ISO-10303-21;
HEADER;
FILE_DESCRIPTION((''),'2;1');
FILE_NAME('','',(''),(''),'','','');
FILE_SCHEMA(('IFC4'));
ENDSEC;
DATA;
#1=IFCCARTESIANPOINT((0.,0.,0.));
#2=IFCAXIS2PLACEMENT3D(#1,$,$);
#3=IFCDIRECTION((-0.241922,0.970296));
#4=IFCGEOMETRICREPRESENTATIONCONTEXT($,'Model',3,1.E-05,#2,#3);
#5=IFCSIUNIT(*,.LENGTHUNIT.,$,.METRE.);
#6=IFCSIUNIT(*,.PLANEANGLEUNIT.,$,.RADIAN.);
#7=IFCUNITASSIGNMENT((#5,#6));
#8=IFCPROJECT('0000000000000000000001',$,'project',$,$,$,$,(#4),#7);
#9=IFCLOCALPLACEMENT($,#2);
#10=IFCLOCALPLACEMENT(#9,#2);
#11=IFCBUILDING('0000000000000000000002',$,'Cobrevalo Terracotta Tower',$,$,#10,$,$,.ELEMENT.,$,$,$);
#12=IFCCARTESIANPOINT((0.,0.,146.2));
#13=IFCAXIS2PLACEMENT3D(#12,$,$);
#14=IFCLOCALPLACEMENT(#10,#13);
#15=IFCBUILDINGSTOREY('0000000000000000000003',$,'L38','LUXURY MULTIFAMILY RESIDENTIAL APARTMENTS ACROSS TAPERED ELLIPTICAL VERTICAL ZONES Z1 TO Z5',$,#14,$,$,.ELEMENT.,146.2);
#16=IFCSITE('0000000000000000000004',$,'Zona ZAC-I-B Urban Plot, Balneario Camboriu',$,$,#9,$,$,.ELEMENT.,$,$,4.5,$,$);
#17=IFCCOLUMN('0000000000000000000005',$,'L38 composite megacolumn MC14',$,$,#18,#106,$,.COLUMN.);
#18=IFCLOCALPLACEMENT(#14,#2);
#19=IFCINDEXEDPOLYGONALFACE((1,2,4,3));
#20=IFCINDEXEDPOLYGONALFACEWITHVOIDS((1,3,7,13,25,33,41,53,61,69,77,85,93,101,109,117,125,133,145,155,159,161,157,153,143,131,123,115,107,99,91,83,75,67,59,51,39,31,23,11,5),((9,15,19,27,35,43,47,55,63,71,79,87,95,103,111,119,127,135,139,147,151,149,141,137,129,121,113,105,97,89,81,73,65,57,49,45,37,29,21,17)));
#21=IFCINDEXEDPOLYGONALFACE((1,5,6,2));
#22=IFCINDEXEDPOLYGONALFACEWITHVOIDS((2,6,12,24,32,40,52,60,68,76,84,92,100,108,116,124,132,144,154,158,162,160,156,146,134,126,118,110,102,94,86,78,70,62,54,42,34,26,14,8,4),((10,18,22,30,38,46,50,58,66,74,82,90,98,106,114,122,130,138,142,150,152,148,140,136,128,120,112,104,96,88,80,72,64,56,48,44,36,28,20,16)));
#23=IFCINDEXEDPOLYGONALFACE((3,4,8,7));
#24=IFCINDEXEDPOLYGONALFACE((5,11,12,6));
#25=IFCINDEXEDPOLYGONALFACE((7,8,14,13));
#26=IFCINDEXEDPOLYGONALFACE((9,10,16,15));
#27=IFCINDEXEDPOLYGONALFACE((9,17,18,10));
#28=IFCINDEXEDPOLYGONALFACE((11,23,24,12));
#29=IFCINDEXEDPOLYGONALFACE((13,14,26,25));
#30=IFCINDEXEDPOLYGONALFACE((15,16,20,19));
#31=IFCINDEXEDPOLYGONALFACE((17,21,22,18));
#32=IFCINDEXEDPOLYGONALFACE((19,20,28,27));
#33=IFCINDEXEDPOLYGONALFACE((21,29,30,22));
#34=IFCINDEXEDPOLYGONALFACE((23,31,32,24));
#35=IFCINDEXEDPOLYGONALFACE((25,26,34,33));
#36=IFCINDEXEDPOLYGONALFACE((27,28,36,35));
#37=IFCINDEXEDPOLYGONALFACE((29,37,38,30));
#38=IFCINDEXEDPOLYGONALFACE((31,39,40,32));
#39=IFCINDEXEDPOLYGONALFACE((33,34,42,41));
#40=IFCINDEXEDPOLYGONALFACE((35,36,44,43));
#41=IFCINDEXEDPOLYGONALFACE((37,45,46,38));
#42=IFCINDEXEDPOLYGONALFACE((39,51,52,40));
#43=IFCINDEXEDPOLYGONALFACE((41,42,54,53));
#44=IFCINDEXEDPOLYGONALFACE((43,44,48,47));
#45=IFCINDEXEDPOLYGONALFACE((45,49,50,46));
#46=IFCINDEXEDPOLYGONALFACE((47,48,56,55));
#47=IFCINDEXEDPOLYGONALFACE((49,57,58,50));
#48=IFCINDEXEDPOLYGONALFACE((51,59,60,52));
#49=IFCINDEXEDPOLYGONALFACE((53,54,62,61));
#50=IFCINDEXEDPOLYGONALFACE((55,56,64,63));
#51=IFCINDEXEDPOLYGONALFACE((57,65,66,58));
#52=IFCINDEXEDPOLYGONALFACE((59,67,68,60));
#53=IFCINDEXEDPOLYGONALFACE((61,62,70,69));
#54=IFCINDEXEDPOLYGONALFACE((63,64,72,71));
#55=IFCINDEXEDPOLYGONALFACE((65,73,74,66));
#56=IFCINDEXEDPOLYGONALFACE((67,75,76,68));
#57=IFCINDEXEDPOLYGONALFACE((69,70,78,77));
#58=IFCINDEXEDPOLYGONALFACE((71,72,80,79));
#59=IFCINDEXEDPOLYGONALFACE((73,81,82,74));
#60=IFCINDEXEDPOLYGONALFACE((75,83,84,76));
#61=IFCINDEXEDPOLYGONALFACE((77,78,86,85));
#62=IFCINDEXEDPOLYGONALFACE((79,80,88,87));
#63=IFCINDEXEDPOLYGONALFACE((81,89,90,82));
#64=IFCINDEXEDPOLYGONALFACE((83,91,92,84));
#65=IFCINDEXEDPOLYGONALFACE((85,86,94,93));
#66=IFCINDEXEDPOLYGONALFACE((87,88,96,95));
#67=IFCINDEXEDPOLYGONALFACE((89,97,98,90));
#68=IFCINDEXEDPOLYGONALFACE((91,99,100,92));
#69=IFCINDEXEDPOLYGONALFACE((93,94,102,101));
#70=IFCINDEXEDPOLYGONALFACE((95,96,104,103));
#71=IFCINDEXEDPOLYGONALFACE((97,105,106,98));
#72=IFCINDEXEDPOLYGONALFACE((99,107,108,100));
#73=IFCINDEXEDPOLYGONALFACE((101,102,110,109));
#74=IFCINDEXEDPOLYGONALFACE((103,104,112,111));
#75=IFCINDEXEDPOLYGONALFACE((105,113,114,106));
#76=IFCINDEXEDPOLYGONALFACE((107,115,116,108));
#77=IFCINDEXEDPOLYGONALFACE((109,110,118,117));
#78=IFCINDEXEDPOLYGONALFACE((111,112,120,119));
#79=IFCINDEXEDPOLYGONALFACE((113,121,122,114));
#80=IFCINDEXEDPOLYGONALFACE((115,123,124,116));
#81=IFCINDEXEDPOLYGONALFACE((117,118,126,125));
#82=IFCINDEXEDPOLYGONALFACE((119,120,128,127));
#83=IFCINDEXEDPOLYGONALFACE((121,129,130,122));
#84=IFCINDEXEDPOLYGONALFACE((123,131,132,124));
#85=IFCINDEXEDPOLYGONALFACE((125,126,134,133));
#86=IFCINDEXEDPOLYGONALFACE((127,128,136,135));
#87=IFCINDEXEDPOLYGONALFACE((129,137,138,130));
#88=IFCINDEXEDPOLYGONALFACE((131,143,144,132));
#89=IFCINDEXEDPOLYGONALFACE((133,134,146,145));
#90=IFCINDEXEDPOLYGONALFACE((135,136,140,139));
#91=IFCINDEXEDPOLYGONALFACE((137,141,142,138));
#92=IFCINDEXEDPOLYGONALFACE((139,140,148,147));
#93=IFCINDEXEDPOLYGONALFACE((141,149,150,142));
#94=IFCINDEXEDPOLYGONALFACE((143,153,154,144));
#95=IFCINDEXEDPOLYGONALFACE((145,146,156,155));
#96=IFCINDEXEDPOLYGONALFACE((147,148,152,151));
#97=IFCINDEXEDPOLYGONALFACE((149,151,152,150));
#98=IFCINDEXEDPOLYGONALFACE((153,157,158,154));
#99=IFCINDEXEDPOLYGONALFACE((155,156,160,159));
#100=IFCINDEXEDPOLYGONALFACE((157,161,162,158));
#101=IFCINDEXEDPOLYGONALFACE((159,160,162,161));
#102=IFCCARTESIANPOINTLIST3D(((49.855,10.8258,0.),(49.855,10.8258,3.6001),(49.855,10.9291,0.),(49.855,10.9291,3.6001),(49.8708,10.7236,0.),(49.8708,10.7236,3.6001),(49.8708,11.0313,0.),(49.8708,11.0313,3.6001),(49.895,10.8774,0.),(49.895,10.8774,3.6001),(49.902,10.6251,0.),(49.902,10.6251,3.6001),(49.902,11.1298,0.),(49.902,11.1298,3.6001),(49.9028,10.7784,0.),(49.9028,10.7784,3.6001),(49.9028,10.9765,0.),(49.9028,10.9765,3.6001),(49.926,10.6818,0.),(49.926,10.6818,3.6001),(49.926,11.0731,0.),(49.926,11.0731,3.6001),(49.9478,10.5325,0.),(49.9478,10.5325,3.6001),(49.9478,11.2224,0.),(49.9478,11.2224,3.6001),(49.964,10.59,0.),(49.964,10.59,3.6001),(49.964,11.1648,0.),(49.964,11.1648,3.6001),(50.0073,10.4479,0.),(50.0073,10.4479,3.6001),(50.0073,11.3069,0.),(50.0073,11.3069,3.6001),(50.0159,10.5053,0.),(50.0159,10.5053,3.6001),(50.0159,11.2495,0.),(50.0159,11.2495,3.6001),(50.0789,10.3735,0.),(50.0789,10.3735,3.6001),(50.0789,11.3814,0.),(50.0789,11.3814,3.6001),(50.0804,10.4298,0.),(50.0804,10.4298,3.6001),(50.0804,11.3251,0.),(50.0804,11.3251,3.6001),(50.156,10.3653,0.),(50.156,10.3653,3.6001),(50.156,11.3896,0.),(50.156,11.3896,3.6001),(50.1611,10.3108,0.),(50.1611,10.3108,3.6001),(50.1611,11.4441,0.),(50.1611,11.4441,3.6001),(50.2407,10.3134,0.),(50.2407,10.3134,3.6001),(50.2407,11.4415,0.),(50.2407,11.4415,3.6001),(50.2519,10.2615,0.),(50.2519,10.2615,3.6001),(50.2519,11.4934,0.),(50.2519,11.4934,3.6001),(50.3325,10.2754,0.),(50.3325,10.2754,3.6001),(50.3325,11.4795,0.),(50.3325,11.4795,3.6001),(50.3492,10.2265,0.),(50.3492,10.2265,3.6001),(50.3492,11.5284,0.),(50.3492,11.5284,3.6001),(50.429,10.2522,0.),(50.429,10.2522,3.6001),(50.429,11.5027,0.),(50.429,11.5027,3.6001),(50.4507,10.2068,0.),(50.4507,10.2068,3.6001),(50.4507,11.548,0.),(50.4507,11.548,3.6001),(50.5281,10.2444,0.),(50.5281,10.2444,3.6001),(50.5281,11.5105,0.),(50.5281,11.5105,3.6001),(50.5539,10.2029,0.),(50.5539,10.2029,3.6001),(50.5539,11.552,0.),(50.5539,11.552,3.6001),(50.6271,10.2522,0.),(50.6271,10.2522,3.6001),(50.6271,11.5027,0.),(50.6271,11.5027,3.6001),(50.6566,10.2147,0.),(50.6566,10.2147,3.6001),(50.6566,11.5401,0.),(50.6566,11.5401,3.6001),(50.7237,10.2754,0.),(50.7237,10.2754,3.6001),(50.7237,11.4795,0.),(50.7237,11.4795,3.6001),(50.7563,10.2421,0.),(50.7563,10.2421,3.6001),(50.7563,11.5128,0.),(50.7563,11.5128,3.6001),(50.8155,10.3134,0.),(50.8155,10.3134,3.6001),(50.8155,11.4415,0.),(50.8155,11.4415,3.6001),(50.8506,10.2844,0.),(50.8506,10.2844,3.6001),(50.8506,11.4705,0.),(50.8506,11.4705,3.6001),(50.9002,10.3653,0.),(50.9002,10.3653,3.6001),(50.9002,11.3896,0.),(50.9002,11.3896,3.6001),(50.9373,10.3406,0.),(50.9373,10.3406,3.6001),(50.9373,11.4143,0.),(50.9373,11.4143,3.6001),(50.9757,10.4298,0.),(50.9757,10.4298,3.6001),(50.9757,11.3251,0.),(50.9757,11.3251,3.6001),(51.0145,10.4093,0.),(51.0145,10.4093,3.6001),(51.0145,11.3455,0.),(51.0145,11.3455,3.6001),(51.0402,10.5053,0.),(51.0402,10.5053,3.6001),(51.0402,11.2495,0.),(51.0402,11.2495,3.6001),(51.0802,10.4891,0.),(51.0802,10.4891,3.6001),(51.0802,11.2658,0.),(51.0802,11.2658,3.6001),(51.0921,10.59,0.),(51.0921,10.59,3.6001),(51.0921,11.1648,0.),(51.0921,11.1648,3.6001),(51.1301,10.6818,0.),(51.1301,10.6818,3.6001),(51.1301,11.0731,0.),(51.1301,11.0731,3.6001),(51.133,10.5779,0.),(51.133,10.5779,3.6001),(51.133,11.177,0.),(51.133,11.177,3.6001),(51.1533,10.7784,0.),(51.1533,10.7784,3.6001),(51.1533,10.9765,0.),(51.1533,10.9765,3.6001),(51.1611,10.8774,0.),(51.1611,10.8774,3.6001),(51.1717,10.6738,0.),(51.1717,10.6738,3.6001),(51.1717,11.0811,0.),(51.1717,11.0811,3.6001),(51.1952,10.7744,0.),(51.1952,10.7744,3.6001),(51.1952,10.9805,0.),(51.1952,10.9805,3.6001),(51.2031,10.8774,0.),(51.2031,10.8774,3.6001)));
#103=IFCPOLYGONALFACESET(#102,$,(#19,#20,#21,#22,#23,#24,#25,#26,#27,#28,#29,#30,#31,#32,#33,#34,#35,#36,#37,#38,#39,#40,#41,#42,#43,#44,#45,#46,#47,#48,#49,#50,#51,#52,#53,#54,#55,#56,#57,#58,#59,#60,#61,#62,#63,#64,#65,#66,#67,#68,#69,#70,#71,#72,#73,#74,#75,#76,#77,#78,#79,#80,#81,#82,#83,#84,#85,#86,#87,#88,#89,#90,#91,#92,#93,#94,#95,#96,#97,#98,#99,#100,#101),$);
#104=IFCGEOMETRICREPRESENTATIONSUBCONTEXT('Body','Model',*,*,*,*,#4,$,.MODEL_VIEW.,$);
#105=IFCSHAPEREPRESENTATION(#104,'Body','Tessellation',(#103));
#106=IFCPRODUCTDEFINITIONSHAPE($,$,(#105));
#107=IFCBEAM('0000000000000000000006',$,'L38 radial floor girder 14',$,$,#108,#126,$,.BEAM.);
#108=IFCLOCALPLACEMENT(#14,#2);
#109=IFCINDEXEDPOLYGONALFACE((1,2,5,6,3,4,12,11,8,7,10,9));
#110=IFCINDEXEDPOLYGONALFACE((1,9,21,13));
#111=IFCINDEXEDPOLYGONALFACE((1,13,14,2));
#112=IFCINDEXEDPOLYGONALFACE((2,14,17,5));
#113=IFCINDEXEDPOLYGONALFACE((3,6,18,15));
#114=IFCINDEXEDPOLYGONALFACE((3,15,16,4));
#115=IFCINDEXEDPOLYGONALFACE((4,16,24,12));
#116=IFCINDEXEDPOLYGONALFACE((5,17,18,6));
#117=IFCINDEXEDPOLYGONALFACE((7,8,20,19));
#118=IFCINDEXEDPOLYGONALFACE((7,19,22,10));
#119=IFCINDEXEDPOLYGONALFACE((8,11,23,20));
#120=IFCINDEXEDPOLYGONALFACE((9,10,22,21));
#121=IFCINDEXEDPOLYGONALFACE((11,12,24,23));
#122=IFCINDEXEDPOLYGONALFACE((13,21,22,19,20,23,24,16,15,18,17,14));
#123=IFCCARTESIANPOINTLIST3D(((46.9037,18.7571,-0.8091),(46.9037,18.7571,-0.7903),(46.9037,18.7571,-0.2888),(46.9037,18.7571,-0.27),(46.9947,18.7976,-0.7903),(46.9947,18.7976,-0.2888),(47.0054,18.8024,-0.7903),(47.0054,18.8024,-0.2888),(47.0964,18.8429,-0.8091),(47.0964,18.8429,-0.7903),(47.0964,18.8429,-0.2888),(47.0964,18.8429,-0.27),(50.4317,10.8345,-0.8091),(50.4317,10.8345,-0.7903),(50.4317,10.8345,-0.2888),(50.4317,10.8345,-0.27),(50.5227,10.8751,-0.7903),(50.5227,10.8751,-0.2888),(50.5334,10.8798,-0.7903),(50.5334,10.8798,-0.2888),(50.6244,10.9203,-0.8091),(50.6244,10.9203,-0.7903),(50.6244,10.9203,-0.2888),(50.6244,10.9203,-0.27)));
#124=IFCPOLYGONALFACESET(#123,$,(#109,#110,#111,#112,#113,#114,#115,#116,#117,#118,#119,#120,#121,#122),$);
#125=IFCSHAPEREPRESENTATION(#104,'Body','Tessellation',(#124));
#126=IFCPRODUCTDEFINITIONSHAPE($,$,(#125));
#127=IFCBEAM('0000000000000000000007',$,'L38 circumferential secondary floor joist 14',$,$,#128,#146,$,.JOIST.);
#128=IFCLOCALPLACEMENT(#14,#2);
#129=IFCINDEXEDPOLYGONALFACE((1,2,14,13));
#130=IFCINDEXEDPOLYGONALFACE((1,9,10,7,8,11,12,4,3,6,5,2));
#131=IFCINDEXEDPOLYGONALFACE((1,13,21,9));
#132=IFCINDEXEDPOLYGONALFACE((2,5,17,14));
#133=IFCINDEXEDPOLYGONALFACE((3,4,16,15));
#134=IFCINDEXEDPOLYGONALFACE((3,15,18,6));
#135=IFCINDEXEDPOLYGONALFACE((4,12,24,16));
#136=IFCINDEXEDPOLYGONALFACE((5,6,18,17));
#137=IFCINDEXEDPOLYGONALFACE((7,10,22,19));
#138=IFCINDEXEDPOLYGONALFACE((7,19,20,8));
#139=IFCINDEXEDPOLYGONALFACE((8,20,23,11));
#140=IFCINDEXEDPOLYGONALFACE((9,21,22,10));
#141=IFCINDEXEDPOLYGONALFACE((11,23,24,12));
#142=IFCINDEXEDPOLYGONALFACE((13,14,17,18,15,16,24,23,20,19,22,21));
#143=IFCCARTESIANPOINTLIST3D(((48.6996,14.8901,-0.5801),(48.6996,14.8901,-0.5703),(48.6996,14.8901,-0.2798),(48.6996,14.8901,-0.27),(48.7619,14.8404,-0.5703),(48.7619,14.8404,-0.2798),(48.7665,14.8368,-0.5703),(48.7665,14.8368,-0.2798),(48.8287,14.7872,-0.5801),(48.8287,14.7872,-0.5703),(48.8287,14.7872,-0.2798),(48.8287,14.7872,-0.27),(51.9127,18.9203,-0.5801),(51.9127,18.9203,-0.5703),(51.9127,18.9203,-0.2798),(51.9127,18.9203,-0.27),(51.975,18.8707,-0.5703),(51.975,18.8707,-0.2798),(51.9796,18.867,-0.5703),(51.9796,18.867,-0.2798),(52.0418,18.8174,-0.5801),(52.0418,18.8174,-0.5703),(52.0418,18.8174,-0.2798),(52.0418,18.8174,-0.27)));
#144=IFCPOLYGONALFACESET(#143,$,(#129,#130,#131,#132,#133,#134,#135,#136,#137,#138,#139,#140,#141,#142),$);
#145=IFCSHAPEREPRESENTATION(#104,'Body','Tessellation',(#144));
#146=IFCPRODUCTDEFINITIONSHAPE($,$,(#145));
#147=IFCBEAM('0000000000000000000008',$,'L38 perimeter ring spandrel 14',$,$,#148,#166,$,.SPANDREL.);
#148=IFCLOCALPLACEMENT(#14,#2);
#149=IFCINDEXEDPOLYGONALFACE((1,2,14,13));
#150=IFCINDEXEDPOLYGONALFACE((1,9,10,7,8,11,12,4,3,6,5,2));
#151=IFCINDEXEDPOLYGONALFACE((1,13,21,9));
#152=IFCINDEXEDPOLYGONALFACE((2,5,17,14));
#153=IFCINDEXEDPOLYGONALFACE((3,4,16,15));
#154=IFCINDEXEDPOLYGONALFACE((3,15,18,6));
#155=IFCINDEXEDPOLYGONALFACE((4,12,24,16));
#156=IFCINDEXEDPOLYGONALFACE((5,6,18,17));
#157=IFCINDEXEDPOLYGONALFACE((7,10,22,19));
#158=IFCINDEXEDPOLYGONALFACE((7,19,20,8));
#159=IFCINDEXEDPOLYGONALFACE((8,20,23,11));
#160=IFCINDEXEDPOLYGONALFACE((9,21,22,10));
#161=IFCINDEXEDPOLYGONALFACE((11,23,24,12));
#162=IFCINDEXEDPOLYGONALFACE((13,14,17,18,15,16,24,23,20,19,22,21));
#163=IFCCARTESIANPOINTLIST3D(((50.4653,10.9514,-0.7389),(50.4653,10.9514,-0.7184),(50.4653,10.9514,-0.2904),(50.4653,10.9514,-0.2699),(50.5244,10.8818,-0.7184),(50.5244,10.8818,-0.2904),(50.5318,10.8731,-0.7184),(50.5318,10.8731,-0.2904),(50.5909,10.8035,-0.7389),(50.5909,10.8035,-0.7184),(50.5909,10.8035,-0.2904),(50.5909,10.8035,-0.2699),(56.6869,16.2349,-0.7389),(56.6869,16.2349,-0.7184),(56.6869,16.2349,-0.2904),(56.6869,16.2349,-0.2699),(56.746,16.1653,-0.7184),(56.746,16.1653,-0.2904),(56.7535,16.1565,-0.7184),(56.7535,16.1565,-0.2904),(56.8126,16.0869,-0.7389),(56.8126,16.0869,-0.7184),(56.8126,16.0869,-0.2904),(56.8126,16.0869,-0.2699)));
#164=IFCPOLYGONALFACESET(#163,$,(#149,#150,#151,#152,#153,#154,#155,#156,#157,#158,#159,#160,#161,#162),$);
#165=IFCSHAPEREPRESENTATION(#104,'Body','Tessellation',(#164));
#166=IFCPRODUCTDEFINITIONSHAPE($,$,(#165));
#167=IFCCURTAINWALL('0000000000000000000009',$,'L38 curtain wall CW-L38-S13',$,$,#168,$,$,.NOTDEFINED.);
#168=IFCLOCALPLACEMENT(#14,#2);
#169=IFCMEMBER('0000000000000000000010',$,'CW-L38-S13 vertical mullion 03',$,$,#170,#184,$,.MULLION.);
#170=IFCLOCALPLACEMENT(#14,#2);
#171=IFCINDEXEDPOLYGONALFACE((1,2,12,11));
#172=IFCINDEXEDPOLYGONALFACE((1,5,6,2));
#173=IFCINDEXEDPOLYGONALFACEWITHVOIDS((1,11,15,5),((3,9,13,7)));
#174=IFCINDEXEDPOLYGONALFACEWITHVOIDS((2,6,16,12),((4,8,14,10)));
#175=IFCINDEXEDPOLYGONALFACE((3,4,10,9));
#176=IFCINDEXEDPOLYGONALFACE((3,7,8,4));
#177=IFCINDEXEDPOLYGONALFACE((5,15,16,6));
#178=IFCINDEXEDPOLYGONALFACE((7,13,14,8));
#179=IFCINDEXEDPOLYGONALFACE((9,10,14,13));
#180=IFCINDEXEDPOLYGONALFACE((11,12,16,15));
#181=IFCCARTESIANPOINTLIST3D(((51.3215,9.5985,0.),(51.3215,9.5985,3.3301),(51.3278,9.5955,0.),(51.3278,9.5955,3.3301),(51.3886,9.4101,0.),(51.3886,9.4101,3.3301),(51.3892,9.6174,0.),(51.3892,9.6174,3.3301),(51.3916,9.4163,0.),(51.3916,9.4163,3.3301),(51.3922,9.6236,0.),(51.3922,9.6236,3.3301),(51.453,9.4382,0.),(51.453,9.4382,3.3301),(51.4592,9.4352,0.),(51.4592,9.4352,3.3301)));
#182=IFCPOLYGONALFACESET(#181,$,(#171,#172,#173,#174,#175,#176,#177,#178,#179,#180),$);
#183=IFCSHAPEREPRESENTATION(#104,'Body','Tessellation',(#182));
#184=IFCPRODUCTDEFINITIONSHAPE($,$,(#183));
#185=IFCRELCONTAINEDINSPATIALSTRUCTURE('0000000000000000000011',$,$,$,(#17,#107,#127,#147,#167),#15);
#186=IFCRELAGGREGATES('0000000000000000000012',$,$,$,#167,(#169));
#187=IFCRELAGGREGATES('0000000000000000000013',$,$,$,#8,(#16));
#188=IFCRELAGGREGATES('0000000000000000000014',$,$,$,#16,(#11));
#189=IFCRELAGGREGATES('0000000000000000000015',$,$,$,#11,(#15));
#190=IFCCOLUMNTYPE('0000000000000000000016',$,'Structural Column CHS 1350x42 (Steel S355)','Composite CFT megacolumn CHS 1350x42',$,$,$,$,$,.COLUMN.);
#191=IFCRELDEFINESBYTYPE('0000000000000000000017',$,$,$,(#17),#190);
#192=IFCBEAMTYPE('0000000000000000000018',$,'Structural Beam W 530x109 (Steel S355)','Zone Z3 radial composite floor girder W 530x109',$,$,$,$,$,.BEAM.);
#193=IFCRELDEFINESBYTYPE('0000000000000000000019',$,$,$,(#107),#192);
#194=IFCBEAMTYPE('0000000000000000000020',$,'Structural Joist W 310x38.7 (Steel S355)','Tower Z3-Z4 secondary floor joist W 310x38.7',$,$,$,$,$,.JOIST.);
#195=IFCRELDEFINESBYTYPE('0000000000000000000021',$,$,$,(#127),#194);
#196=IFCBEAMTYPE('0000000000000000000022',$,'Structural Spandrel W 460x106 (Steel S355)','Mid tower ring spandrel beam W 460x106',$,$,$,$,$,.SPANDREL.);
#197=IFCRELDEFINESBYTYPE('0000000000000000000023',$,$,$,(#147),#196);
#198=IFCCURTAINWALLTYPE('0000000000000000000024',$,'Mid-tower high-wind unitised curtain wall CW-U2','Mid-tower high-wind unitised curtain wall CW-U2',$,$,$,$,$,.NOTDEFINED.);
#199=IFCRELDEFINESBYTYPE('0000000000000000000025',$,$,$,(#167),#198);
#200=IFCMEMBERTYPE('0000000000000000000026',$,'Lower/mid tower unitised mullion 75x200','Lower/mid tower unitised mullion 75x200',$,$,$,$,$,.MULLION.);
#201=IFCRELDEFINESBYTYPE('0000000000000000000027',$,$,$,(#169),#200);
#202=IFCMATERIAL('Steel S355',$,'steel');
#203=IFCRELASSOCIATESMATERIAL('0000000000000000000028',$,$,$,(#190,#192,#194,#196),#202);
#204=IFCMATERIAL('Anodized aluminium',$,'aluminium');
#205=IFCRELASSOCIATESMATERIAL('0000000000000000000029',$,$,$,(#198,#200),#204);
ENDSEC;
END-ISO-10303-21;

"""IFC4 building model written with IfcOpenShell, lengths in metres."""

from ifc_helpers import new_model, si_unit, direction, frame, origin, origin_2d, place, context, subcontext, project, spatial, hollow_rectangle, hollow_circle, i_section, extrude, source, transform, mapped, material, material_profile, profile_set, type_object, element, aggregate, save


model = new_model("IFC4")

# Units and contexts
model_context = context("Model", 3, precision=1e-05, world=origin(), true_north=direction((-0.241922, 0.970296)))
body_context = subcontext(model_context, "Body", "Model", "MODEL_VIEW")
ifc_project = project(units=[si_unit("LENGTHUNIT", "METRE"), si_unit("PLANEANGLEUNIT", "RADIAN")], contexts=[model_context])

# Site, building, storey
site_placement = place(None, origin())
site = spatial("IfcSite", under=ifc_project, at=site_placement, Name="Zona ZAC-I-B Urban Plot, Balneario Camboriu", CompositionType="ELEMENT", RefElevation=4.5)
building_placement = place(site_placement, origin())
building = spatial("IfcBuilding", under=site, at=building_placement, Name="Cobrevalo Terracotta Tower", CompositionType="ELEMENT")
storey_placement = place(building_placement, frame((0.0, 0.0, 146.2)))
storey = spatial("IfcBuildingStorey", under=building, at=storey_placement, Name="L38", Description="LUXURY MULTIFAMILY RESIDENTIAL APARTMENTS ACROSS TAPERED ELLIPTICAL VERTICAL ZONES Z1 TO Z5", CompositionType="ELEMENT", Elevation=146.2)

# Column
ifc_material_1 = material(Name="Steel S355", Category="steel")
ifc_material_profile_1 = material_profile(ifc_material_1, hollow_circle(Radius=0.675, WallThickness=0.042, at=origin_2d()), Name="CHS 1350x42")
ifc_profile_set_1 = profile_set([ifc_material_profile_1], Name="Steel S355")
column_type = type_object("IfcColumnType", Name="Structural Column CHS 1350x42 (Steel S355)", Description="Composite CFT megacolumn CHS 1350x42", PredefinedType="COLUMN", material=ifc_profile_set_1)
column_placement = place(storey_placement, frame((50.5281, 10.8774, 0.0), z_axis=(0.0, 0.0, 1.0), x_axis=(1.0, 0.0, 0.0)))
element("IfcColumn", 1, at=column_placement, inside=storey, type_object=column_type, Name="L38 composite megacolumn MC14", PredefinedType="COLUMN", context=body_context, shape_type="SweptSolid", body=[
    extrude(hollow_circle(Radius=0.675, WallThickness=0.042, at=origin_2d()), origin(), (0.0, 0.0, 1.0), 3.6001),
])

# Beams
ifc_material_profile_2 = material_profile(ifc_material_1, i_section(OverallWidth=0.2109, OverallDepth=0.5391, WebThickness=0.0117, FlangeThickness=0.0188, at=origin_2d()), Name="W 530x109")
ifc_profile_set_2 = profile_set([ifc_material_profile_2], Name="Steel S355")
beam_type_1 = type_object("IfcBeamType", Name="Structural Beam W 530x109 (Steel S355)", Description="Zone Z3 radial composite floor girder W 530x109", PredefinedType="BEAM", material=ifc_profile_set_2)
beam_1_placement = place(storey_placement, frame((50.5281, 10.8774, -0.5396), z_axis=(-0.406804, 0.913515, 0.0), x_axis=(-0.913515, -0.406804, 0.0)))
element("IfcBeam", 2, at=beam_1_placement, inside=storey, type_object=beam_type_1, Name="L38 radial floor girder 14", PredefinedType="BEAM", context=body_context, shape_type="SweptSolid", body=[
    extrude(i_section(OverallWidth=0.2109, OverallDepth=0.5391, WebThickness=0.0117, FlangeThickness=0.0188, at=origin_2d()), origin(), (0.0, 0.0, 1.0), 8.6726),
])
ifc_material_profile_3 = material_profile(ifc_material_1, i_section(OverallWidth=0.165, OverallDepth=0.3101, WebThickness=0.0059, FlangeThickness=0.0098, at=origin_2d()), Name="W 310x38.7")
ifc_profile_set_3 = profile_set([ifc_material_profile_3], Name="Steel S355")
beam_type_2 = type_object("IfcBeamType", Name="Structural Joist W 310x38.7 (Steel S355)", Description="Tower Z3-Z4 secondary floor joist W 310x38.7", PredefinedType="JOIST", material=ifc_profile_set_3)
beam_2_placement = place(storey_placement, frame((48.7642, 14.8386, -0.425), z_axis=(0.623383, 0.781917, 0.0), x_axis=(-0.781917, 0.623383, 0.0)))
element("IfcBeam", 3, at=beam_2_placement, inside=storey, type_object=beam_type_2, Name="L38 circumferential secondary floor joist 14", PredefinedType="JOIST", context=body_context, shape_type="SweptSolid", body=[
    extrude(i_section(OverallWidth=0.165, OverallDepth=0.3101, WebThickness=0.0059, FlangeThickness=0.0098, at=origin_2d()), origin(), (0.0, 0.0, 1.0), 5.1543),
])
ifc_material_profile_4 = material_profile(ifc_material_1, i_section(OverallWidth=0.1941, OverallDepth=0.469, WebThickness=0.0115, FlangeThickness=0.0205, at=origin_2d()), Name="W 460x106")
ifc_profile_set_4 = profile_set([ifc_material_profile_4], Name="Steel S355")
beam_type_3 = type_object("IfcBeamType", Name="Structural Spandrel W 460x106 (Steel S355)", Description="Mid tower ring spandrel beam W 460x106", PredefinedType="SPANDREL", material=ifc_profile_set_4)
beam_3_placement = place(storey_placement, frame((50.5281, 10.8774, -0.5044), z_axis=(0.76224, 0.647294, 0.0), x_axis=(-0.647294, 0.76224, 0.0)))
element("IfcBeam", 4, at=beam_3_placement, inside=storey, type_object=beam_type_3, Name="L38 perimeter ring spandrel 14", PredefinedType="SPANDREL", context=body_context, shape_type="SweptSolid", body=[
    extrude(i_section(OverallWidth=0.1941, OverallDepth=0.469, WebThickness=0.0115, FlangeThickness=0.0205, at=origin_2d()), origin(), (0.0, 0.0, 1.0), 8.1624),
])

# Curtain wall, member
ifc_material_2 = material(Name="Anodized aluminium", Category="aluminium")
curtain_wall_type = type_object("IfcCurtainWallType", Name="Mid-tower high-wind unitised curtain wall CW-U2", Description="Mid-tower high-wind unitised curtain wall CW-U2", PredefinedType="NOTDEFINED", material=ifc_material_2)
curtain_wall_1_placement = place(storey_placement, origin())
curtain_wall_1 = element("IfcCurtainWall", 5, at=curtain_wall_1_placement, inside=storey, type_object=curtain_wall_type, Name="L38 curtain wall CW-L38-S13", PredefinedType="NOTDEFINED")
ifc_material_profile_5 = material_profile(ifc_material_2, hollow_rectangle(XDim=0.075, YDim=0.2, WallThickness=0.0049, at=origin_2d()), Name="CWM 75x200")
ifc_profile_set_5 = profile_set([ifc_material_profile_5], Name="Anodized aluminium")
member_type_1 = type_object("IfcMemberType", Name="Lower/mid tower unitised mullion 75x200", Description="Lower/mid tower unitised mullion 75x200", PredefinedType="MULLION", material=ifc_profile_set_5)
shared_shape_1 = source(origin(), body_context, "Body", "SweptSolid", [
    extrude(hollow_rectangle(XDim=0.075, YDim=0.2, WallThickness=0.0049, at=origin_2d()), origin(), (0.0, 0.0, 1.0), 3.3301),
])
member_1_placement = place(storey_placement, frame((51.3904, 9.5168, 0.0), z_axis=(0.0, 0.0, 1.0), x_axis=(0.942098, 0.335336, 0.0)))
member_1 = element("IfcMember", 6, at=member_1_placement, type_object=member_type_1, Name="CW-L38-S13 vertical mullion 03", PredefinedType="MULLION", context=body_context, shape_type="MappedRepresentation", body=[
    mapped(shared_shape_1, transform((0.0, 0.0, 0.0), scale=1.0)),
])

aggregate(curtain_wall_1, [member_1])

save(model, "model.ifc")
